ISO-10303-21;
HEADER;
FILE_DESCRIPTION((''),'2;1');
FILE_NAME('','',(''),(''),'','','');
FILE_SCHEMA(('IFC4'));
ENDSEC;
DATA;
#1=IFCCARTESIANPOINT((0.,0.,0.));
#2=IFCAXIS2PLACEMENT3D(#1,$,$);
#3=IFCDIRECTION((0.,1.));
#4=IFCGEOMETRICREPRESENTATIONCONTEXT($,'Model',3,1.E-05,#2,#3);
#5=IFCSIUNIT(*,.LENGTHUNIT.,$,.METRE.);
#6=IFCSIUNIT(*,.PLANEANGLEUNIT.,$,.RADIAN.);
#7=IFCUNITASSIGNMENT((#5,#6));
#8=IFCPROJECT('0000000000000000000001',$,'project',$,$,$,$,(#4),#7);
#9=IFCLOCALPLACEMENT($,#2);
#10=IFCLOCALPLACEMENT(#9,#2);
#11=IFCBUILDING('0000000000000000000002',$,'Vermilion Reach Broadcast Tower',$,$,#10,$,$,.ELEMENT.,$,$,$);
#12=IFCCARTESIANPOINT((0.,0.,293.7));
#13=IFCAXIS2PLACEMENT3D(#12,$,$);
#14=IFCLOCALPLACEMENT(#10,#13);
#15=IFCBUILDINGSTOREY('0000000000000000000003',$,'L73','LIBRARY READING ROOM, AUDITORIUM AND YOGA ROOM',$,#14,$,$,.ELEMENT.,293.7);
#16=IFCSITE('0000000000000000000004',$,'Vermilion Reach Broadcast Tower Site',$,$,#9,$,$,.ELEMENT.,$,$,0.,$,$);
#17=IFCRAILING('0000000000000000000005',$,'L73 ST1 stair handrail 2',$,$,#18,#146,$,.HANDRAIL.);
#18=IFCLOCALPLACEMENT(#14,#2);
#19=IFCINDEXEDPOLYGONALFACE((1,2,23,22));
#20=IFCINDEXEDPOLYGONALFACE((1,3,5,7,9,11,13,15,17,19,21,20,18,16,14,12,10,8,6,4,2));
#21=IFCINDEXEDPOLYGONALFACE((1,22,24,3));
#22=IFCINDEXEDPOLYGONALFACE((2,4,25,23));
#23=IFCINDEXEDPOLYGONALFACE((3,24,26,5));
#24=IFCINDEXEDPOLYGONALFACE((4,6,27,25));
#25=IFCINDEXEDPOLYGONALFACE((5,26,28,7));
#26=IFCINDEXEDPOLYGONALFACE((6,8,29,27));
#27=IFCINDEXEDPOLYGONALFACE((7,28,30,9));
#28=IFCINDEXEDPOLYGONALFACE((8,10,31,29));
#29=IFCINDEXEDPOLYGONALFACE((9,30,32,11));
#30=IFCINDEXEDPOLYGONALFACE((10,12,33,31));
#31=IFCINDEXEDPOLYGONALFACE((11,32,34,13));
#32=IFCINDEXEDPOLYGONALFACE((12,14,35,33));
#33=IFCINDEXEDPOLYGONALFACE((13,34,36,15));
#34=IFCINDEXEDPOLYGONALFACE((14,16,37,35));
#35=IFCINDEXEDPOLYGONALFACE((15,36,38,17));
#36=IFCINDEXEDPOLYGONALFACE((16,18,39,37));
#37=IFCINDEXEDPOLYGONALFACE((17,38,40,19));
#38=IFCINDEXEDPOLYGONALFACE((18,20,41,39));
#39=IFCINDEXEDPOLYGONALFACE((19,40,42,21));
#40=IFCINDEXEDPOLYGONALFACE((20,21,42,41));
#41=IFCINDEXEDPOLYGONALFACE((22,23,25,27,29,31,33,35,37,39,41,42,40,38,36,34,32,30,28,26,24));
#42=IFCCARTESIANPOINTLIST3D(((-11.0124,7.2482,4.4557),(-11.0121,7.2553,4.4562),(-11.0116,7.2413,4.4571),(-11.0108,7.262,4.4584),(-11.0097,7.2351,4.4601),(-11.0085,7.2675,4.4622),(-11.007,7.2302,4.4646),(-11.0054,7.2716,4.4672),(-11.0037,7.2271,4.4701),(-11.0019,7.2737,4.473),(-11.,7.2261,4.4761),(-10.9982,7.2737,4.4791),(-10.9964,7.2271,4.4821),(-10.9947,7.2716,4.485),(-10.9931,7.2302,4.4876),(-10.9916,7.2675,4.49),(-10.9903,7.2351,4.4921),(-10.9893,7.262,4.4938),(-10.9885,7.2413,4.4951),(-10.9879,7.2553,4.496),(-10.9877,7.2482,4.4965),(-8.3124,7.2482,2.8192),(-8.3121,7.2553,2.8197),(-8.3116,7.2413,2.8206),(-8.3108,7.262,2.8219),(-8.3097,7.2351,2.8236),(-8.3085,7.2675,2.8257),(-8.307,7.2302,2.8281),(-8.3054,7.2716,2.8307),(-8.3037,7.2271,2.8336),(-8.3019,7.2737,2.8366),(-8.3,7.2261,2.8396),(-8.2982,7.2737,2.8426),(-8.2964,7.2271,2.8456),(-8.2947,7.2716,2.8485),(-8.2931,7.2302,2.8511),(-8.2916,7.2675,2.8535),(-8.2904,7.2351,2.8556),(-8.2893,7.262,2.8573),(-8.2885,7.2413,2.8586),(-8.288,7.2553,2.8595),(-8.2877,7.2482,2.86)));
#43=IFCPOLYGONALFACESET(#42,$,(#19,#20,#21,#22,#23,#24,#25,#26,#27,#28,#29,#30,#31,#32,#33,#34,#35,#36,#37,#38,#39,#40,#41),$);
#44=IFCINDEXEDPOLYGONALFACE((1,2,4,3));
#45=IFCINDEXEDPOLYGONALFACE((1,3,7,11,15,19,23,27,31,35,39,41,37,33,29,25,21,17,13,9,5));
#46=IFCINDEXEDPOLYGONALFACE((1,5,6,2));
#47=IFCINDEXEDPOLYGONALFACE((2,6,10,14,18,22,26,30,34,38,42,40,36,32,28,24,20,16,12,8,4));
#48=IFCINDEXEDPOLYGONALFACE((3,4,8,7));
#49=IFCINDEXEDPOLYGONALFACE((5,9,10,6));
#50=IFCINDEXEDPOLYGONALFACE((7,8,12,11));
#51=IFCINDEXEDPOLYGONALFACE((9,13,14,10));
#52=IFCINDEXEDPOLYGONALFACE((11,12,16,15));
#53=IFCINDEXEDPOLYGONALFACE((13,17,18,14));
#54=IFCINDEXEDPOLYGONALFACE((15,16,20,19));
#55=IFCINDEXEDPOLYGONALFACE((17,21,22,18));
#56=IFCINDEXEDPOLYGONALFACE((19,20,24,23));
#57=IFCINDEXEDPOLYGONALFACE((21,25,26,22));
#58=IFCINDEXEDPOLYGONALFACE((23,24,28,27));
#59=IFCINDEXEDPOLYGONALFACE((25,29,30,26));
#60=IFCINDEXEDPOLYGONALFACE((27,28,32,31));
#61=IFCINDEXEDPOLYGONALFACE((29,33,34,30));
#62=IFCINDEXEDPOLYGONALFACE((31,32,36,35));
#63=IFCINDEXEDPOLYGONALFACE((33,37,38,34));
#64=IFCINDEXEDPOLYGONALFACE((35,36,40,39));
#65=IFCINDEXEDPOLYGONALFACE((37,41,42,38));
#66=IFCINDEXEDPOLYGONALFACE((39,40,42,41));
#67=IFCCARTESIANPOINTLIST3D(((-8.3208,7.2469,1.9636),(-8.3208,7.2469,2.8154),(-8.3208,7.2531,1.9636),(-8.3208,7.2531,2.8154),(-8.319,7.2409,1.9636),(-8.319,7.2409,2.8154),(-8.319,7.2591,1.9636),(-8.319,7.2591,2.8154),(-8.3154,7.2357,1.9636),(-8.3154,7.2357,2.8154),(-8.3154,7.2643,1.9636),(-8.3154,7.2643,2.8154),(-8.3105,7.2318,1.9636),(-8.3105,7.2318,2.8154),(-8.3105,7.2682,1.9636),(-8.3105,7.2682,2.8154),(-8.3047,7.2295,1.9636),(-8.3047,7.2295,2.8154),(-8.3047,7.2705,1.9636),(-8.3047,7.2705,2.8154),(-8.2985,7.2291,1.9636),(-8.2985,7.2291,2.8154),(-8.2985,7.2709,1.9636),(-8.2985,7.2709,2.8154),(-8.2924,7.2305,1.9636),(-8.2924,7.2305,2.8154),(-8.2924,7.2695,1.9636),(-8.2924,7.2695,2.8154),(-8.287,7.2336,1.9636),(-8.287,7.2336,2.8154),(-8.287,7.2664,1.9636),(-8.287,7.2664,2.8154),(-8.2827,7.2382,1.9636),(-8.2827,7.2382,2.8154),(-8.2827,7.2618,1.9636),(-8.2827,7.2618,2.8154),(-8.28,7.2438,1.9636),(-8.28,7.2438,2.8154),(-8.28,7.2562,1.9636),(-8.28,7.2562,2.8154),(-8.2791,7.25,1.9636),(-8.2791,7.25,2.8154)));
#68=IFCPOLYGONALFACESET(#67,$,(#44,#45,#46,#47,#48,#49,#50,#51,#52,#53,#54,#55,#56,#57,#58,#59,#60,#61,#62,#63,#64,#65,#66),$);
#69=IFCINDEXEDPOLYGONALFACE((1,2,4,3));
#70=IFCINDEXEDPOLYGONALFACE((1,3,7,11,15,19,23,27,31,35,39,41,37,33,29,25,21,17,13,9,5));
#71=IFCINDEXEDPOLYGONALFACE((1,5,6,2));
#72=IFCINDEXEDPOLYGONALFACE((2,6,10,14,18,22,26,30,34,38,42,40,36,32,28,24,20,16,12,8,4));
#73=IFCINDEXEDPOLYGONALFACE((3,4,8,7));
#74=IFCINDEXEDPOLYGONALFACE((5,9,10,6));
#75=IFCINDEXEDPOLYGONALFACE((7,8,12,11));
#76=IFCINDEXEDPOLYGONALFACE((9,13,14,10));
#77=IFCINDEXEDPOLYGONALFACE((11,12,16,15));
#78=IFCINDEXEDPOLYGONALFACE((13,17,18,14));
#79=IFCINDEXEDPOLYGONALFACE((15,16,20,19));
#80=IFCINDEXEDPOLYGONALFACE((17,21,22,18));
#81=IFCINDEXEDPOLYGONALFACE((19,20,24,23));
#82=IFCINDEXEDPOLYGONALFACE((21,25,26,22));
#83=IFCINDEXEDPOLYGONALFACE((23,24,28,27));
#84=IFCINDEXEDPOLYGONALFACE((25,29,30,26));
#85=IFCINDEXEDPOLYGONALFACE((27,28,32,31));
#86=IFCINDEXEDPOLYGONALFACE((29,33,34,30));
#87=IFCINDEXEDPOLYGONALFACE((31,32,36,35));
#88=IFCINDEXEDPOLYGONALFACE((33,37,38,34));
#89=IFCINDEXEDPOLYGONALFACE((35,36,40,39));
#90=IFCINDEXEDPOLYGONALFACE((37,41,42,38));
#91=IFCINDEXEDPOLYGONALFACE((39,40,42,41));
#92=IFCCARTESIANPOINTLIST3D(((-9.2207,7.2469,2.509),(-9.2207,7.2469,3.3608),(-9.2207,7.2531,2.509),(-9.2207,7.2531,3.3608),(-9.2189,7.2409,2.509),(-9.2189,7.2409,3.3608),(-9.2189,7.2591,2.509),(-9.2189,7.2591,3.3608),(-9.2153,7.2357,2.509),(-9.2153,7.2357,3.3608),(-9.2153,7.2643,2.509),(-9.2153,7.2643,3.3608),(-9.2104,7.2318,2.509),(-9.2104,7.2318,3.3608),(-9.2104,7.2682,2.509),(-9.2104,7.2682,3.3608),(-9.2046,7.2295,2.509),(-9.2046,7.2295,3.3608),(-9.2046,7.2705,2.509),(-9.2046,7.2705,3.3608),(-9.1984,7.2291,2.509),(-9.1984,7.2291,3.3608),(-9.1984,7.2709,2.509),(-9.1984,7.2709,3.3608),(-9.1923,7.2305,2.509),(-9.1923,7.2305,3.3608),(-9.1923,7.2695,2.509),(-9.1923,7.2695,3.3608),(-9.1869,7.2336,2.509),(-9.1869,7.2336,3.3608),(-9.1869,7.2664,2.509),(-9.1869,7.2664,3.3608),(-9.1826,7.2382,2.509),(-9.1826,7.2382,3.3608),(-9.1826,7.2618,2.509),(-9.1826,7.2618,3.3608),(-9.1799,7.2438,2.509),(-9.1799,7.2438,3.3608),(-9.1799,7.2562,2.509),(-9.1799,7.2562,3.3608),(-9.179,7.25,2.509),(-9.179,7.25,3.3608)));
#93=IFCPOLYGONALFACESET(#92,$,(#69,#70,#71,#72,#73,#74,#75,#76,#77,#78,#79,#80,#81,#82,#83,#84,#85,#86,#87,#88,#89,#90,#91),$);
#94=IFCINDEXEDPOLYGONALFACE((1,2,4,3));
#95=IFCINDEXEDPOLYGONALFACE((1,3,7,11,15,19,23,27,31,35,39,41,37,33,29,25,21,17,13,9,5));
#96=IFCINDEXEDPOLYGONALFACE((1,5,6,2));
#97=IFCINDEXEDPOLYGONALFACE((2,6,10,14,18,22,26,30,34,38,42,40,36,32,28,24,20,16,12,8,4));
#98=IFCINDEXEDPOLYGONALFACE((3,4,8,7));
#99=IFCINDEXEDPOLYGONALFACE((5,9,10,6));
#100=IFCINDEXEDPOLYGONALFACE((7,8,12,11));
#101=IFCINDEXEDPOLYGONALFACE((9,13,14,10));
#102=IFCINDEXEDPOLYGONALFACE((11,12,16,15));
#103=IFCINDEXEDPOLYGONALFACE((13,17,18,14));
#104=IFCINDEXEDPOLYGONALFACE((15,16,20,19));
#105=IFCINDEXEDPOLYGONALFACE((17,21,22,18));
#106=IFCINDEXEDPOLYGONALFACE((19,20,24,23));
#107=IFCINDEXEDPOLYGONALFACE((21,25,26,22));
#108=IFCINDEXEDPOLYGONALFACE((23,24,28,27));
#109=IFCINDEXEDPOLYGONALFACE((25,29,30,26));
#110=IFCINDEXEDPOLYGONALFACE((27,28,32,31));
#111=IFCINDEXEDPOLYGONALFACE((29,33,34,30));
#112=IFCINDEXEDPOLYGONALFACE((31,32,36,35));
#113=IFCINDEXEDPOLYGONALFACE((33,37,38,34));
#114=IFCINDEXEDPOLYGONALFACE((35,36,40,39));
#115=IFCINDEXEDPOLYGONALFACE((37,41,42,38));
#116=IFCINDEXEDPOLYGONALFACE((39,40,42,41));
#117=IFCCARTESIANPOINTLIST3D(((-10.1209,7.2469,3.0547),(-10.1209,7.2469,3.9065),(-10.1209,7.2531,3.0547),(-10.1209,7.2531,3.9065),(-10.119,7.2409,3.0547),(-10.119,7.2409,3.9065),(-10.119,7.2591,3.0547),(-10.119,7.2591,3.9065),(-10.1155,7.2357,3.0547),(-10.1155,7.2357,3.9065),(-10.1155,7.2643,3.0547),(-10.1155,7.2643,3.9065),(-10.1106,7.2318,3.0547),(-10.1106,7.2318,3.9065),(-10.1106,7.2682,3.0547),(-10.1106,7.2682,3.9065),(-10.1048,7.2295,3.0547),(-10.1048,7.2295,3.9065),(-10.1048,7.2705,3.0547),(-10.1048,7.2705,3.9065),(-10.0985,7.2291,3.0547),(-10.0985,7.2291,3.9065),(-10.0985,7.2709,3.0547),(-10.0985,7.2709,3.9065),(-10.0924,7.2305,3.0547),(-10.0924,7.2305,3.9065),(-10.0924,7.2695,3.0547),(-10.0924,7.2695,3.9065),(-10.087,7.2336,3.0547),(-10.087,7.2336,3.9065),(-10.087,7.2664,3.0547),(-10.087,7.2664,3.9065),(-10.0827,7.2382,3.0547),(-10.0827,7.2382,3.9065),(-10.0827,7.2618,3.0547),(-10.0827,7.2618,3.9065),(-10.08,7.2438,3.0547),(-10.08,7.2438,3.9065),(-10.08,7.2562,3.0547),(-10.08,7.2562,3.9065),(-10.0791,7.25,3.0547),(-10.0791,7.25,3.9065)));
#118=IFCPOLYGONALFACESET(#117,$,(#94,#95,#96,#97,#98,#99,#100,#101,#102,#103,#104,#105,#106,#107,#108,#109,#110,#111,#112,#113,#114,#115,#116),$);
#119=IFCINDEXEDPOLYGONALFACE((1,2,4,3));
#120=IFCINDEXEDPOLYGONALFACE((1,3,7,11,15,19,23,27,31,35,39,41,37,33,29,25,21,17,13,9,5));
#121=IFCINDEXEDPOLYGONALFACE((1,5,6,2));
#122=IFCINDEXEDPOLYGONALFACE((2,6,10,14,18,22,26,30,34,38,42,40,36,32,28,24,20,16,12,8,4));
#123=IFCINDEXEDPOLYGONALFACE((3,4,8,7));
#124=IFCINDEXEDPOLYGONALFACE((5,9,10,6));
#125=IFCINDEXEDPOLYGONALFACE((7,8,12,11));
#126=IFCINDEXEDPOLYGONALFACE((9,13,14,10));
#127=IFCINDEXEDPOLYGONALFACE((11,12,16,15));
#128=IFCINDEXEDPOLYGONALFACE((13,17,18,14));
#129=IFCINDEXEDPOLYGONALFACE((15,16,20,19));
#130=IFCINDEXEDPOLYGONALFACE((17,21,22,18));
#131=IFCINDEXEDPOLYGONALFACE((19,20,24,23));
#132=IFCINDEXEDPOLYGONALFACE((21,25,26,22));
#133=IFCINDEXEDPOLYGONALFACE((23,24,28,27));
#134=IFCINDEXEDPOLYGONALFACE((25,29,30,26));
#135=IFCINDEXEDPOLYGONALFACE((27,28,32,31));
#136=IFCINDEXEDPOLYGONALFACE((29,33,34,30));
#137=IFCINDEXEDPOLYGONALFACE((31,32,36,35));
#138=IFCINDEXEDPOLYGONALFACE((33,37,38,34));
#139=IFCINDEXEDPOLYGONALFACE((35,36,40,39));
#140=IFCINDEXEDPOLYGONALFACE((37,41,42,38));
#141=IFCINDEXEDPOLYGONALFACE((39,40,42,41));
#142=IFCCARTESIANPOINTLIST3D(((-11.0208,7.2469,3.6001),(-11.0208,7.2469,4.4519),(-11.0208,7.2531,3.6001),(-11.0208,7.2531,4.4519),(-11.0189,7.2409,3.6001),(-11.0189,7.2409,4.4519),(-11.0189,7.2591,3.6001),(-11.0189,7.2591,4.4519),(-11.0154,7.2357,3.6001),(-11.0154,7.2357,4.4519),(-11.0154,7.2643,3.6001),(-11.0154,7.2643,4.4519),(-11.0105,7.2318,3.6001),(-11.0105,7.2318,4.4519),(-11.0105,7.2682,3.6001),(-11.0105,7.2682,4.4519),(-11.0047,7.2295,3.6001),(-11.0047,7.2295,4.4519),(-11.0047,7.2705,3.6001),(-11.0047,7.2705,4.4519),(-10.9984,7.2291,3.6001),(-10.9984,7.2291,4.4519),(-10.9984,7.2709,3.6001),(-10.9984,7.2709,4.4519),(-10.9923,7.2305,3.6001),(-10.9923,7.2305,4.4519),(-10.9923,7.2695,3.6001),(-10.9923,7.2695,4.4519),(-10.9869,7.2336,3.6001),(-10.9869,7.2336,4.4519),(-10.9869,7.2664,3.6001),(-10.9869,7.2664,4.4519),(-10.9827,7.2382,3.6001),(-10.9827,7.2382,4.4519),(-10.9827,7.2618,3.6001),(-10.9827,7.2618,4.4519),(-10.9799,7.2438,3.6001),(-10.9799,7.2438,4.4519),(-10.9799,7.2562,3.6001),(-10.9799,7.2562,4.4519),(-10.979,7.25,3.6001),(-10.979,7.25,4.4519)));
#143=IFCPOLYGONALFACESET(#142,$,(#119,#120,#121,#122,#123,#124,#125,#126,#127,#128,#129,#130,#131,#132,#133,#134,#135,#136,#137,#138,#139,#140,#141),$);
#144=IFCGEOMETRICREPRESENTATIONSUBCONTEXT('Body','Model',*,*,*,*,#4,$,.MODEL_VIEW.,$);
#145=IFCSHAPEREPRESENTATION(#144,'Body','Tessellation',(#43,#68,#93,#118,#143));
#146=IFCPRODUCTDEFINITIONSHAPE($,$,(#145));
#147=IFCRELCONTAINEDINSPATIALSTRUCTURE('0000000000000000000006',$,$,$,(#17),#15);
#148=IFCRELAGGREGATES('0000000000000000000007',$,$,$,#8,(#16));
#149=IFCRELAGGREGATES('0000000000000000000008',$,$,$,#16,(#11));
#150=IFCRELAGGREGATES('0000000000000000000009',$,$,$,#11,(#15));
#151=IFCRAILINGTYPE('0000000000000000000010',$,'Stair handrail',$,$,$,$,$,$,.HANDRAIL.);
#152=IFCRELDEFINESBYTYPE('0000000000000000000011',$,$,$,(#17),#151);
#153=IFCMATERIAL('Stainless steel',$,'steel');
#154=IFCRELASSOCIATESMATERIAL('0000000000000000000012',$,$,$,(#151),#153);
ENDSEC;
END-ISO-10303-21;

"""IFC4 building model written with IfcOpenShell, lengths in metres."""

from ifc_helpers import new_model, si_unit, direction, frame, origin, origin_2d, place, context, subcontext, project, spatial, circle, extrude, material, type_object, element, save


model = new_model("IFC4")

# Units and contexts
model_context = context("Model", 3, precision=1e-05, world=origin(), true_north=direction((0.0, 1.0)))
body_context = subcontext(model_context, "Body", "Model", "MODEL_VIEW")
ifc_project = project(units=[si_unit("LENGTHUNIT", "METRE"), si_unit("PLANEANGLEUNIT", "RADIAN")], contexts=[model_context])

# Site, building, storey
site_placement = place(None, origin())
site = spatial("IfcSite", under=ifc_project, at=site_placement, Name="Vermilion Reach Broadcast Tower Site", CompositionType="ELEMENT", RefElevation=0.0)
building_placement = place(site_placement, origin())
building = spatial("IfcBuilding", under=site, at=building_placement, Name="Vermilion Reach Broadcast Tower", CompositionType="ELEMENT")
storey_placement = place(building_placement, frame((0.0, 0.0, 293.7)))
storey = spatial("IfcBuildingStorey", under=building, at=storey_placement, Name="L73", Description="LIBRARY READING ROOM, AUDITORIUM AND YOGA ROOM", CompositionType="ELEMENT", Elevation=293.7)

# Railing
ifc_material_1 = material(Name="Stainless steel", Category="steel")
railing_type_1 = type_object("IfcRailingType", Name="Stair handrail", PredefinedType="HANDRAIL", material=ifc_material_1)
railing_1_placement = place(storey_placement, frame((-8.3, 7.25, 1.9636)))
element("IfcRailing", 1, at=railing_1_placement, inside=storey, type_object=railing_type_1, Name="L73 ST1 stair handrail 2", PredefinedType="HANDRAIL", context=body_context, shape_type="SweptSolid", body=[
    extrude(circle(Radius=0.0239, at=origin_2d()), frame((0.0, 0.0, 0.876), z_axis=(-0.855178, 0.0, 0.518334), x_axis=(0.0, -1.0, 0.0)), (0.0, 0.0, 1.0), 3.1572),
    extrude(circle(Radius=0.021, at=origin_2d()), origin(), (0.0, 0.0, 1.0), 0.8518),
    extrude(circle(Radius=0.021, at=origin_2d()), frame((-0.8999, 0.0, 0.5454)), (0.0, 0.0, 1.0), 0.8518),
    extrude(circle(Radius=0.021, at=origin_2d()), frame((-1.8, 0.0, 1.0911)), (0.0, 0.0, 1.0), 0.8518),
    extrude(circle(Radius=0.021, at=origin_2d()), frame((-2.7, 0.0, 1.6365)), (0.0, 0.0, 1.0), 0.8518),
])

save(model, "model.ifc")
